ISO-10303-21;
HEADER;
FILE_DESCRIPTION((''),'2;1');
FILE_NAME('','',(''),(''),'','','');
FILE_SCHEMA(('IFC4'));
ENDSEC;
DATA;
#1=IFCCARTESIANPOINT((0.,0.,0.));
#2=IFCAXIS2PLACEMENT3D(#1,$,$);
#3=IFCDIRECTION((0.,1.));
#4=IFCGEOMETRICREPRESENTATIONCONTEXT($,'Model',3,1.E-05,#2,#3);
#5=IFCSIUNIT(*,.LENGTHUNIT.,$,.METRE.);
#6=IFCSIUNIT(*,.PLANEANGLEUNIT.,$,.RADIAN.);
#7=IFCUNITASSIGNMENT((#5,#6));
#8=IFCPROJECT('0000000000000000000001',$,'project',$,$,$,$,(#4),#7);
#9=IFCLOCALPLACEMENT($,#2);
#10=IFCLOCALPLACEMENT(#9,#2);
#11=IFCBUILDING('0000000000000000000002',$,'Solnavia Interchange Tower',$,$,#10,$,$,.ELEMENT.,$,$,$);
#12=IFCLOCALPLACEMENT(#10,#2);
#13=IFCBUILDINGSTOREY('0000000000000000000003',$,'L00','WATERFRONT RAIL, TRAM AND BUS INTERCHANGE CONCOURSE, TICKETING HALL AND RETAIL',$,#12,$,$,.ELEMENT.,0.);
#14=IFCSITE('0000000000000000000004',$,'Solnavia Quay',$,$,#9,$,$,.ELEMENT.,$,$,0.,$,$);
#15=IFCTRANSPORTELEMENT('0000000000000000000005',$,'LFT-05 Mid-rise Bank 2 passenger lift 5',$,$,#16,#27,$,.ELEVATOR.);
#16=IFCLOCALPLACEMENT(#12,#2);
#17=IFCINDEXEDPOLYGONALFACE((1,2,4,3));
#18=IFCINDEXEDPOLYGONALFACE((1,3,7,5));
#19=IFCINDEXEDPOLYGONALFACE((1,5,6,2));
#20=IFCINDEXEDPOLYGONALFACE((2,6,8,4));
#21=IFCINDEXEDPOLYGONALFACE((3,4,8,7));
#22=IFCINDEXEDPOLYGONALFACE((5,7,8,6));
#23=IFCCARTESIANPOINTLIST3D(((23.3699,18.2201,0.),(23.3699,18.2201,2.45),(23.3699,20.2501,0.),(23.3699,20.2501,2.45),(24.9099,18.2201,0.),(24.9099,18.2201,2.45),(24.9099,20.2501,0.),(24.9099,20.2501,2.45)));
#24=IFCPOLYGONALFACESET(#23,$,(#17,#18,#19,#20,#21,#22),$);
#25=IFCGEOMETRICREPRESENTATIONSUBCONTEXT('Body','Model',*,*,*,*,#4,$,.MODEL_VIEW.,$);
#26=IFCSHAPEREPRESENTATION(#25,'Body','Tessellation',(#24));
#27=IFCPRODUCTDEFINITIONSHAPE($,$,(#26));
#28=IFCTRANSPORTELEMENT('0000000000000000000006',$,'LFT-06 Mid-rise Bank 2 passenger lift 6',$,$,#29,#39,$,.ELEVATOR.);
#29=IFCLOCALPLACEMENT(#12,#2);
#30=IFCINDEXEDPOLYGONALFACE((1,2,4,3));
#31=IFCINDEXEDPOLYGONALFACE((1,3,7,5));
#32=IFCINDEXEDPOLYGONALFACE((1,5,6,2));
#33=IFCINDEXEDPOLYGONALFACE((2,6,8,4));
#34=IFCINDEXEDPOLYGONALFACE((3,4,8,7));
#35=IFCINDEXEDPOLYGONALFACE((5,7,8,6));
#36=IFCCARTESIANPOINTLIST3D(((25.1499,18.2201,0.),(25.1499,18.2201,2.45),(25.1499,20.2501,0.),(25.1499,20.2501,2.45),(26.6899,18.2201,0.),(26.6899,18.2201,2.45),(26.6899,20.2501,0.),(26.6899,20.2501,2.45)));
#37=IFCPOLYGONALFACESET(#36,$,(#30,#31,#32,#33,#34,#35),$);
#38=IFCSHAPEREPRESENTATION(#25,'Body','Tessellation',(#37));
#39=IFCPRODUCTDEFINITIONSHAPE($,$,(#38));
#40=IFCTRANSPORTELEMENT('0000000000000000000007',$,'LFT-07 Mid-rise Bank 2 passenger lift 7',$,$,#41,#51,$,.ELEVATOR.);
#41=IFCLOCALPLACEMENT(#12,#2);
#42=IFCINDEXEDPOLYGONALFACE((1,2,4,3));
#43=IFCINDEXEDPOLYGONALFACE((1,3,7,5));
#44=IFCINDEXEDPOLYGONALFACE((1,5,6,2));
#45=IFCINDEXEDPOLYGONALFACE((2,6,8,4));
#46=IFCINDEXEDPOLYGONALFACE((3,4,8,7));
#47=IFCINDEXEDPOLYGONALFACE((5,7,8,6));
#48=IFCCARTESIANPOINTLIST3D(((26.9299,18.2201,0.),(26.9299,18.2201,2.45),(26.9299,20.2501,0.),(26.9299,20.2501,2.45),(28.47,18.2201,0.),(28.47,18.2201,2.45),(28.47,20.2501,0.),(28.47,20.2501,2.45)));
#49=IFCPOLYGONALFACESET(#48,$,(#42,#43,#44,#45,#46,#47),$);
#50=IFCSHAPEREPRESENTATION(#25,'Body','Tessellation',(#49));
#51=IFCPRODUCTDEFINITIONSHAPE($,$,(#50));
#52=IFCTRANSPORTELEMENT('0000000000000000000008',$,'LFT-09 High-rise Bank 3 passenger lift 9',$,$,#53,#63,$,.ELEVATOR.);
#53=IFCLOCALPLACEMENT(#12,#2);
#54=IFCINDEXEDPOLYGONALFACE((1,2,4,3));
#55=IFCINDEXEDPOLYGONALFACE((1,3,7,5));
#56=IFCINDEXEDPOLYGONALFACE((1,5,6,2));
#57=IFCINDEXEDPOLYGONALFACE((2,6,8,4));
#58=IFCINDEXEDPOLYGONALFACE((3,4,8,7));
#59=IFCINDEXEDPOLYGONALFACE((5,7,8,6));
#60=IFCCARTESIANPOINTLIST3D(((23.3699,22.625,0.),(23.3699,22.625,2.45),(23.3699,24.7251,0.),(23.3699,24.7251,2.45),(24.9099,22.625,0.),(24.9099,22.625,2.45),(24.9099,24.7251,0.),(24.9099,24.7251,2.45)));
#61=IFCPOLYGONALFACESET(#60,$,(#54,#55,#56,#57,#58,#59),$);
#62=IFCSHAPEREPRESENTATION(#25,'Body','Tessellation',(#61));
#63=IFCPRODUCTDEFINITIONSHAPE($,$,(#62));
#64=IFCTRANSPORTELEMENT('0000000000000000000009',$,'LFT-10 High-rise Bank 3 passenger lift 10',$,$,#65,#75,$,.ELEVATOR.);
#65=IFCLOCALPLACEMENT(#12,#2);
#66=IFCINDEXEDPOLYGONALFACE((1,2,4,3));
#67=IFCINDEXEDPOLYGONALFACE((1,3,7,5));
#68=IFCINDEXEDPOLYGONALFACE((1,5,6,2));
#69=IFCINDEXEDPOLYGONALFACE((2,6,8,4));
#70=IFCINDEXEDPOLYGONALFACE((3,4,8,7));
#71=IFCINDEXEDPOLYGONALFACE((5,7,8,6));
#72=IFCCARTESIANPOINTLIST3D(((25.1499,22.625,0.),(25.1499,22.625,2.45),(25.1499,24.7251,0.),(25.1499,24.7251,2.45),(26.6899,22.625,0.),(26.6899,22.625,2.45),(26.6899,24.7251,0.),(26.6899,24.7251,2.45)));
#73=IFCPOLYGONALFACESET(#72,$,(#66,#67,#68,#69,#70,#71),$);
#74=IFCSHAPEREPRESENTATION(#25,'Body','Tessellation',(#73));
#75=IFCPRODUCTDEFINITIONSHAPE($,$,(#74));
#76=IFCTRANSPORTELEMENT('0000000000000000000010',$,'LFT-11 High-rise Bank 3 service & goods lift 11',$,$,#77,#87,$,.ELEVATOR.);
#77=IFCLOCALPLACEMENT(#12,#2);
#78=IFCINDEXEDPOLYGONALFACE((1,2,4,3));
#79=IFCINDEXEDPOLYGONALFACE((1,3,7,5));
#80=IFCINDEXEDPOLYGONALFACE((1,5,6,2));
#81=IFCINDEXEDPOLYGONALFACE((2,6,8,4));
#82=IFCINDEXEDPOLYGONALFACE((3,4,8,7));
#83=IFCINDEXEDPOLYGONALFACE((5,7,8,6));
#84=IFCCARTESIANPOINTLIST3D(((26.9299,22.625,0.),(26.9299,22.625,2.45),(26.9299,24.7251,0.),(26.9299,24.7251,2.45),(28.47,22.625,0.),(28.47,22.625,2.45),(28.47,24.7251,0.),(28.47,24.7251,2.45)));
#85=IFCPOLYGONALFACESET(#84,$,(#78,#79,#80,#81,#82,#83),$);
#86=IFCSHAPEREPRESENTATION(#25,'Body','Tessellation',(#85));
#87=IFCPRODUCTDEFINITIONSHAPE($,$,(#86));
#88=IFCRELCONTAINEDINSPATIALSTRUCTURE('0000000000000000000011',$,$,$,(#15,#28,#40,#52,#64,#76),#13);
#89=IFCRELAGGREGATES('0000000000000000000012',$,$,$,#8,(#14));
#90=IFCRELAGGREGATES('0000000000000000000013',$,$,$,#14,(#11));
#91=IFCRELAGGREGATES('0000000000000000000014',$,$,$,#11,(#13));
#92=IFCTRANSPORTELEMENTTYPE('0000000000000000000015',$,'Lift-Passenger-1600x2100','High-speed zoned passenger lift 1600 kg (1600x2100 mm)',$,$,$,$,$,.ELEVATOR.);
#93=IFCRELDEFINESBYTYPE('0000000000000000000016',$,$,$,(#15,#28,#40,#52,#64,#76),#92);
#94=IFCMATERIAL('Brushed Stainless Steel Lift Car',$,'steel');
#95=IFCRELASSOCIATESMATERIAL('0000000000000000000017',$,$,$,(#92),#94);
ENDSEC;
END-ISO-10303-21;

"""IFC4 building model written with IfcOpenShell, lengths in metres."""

from ifc_helpers import new_model, si_unit, direction, frame, origin, origin_2d, place, context, subcontext, project, spatial, rectangle, extrude, material, type_object, element, save


model = new_model("IFC4")

# Units and contexts
model_context = context("Model", 3, precision=1e-05, world=origin(), true_north=direction((0.0, 1.0)))
body_context = subcontext(model_context, "Body", "Model", "MODEL_VIEW")
ifc_project = project(units=[si_unit("LENGTHUNIT", "METRE"), si_unit("PLANEANGLEUNIT", "RADIAN")], contexts=[model_context])

# Site, building, storey
site_placement = place(None, origin())
site = spatial("IfcSite", under=ifc_project, at=site_placement, Name="Solnavia Quay", CompositionType="ELEMENT", RefElevation=0.0)
building_placement = place(site_placement, origin())
building = spatial("IfcBuilding", under=site, at=building_placement, Name="Solnavia Interchange Tower", CompositionType="ELEMENT")
storey_placement = place(building_placement, origin())
storey = spatial("IfcBuildingStorey", under=building, at=storey_placement, Name="L00", Description="WATERFRONT RAIL, TRAM AND BUS INTERCHANGE CONCOURSE, TICKETING HALL AND RETAIL", CompositionType="ELEMENT", Elevation=0.0)

# Transport elements
ifc_material_1 = material(Name="Brushed Stainless Steel Lift Car", Category="steel")
transport_element_type = type_object("IfcTransportElementType", Name="Lift-Passenger-1600x2100", Description="High-speed zoned passenger lift 1600 kg (1600x2100 mm)", PredefinedType="ELEVATOR", material=ifc_material_1)
for number, where, z_axis, x_axis, name in (
    (1, (24.1399, 19.2351, 0.0), (0.0, 0.0, 1.0), (1.0, 0.0, 0.0), "LFT-05 Mid-rise Bank 2 passenger lift 5"),
    (2, (25.9199, 19.2351, 0.0), (0.0, 0.0, 1.0), (1.0, 0.0, 0.0), "LFT-06 Mid-rise Bank 2 passenger lift 6"),
    (3, (27.7, 19.2351, 0.0), (0.0, 0.0, 1.0), (1.0, 0.0, 0.0), "LFT-07 Mid-rise Bank 2 passenger lift 7"),
):
    element("IfcTransportElement", number, at=place(storey_placement, frame(where, z_axis=z_axis, x_axis=x_axis)), inside=storey, type_object=transport_element_type, Name=name, PredefinedType="ELEVATOR", context=body_context, shape_type="SweptSolid", body=[
        extrude(rectangle(XDim=1.54, YDim=2.03, at=origin_2d()), origin(), (0.0, 0.0, 1.0), 2.45),
    ])
for number, where, z_axis, x_axis, name in (
    (4, (24.1399, 23.675, 0.0), (0.0, 0.0, 1.0), (1.0, 0.0, 0.0), "LFT-09 High-rise Bank 3 passenger lift 9"),
    (5, (25.9199, 23.675, 0.0), (0.0, 0.0, 1.0), (1.0, 0.0, 0.0), "LFT-10 High-rise Bank 3 passenger lift 10"),
    (6, (27.7, 23.675, 0.0), (0.0, 0.0, 1.0), (1.0, 0.0, 0.0), "LFT-11 High-rise Bank 3 service & goods lift 11"),
):
    element("IfcTransportElement", number, at=place(storey_placement, frame(where, z_axis=z_axis, x_axis=x_axis)), inside=storey, type_object=transport_element_type, Name=name, PredefinedType="ELEVATOR", context=body_context, shape_type="SweptSolid", body=[
        extrude(rectangle(XDim=1.54, YDim=2.1001, at=origin_2d()), origin(), (0.0, 0.0, 1.0), 2.45),
    ])

save(model, "model.ifc")
